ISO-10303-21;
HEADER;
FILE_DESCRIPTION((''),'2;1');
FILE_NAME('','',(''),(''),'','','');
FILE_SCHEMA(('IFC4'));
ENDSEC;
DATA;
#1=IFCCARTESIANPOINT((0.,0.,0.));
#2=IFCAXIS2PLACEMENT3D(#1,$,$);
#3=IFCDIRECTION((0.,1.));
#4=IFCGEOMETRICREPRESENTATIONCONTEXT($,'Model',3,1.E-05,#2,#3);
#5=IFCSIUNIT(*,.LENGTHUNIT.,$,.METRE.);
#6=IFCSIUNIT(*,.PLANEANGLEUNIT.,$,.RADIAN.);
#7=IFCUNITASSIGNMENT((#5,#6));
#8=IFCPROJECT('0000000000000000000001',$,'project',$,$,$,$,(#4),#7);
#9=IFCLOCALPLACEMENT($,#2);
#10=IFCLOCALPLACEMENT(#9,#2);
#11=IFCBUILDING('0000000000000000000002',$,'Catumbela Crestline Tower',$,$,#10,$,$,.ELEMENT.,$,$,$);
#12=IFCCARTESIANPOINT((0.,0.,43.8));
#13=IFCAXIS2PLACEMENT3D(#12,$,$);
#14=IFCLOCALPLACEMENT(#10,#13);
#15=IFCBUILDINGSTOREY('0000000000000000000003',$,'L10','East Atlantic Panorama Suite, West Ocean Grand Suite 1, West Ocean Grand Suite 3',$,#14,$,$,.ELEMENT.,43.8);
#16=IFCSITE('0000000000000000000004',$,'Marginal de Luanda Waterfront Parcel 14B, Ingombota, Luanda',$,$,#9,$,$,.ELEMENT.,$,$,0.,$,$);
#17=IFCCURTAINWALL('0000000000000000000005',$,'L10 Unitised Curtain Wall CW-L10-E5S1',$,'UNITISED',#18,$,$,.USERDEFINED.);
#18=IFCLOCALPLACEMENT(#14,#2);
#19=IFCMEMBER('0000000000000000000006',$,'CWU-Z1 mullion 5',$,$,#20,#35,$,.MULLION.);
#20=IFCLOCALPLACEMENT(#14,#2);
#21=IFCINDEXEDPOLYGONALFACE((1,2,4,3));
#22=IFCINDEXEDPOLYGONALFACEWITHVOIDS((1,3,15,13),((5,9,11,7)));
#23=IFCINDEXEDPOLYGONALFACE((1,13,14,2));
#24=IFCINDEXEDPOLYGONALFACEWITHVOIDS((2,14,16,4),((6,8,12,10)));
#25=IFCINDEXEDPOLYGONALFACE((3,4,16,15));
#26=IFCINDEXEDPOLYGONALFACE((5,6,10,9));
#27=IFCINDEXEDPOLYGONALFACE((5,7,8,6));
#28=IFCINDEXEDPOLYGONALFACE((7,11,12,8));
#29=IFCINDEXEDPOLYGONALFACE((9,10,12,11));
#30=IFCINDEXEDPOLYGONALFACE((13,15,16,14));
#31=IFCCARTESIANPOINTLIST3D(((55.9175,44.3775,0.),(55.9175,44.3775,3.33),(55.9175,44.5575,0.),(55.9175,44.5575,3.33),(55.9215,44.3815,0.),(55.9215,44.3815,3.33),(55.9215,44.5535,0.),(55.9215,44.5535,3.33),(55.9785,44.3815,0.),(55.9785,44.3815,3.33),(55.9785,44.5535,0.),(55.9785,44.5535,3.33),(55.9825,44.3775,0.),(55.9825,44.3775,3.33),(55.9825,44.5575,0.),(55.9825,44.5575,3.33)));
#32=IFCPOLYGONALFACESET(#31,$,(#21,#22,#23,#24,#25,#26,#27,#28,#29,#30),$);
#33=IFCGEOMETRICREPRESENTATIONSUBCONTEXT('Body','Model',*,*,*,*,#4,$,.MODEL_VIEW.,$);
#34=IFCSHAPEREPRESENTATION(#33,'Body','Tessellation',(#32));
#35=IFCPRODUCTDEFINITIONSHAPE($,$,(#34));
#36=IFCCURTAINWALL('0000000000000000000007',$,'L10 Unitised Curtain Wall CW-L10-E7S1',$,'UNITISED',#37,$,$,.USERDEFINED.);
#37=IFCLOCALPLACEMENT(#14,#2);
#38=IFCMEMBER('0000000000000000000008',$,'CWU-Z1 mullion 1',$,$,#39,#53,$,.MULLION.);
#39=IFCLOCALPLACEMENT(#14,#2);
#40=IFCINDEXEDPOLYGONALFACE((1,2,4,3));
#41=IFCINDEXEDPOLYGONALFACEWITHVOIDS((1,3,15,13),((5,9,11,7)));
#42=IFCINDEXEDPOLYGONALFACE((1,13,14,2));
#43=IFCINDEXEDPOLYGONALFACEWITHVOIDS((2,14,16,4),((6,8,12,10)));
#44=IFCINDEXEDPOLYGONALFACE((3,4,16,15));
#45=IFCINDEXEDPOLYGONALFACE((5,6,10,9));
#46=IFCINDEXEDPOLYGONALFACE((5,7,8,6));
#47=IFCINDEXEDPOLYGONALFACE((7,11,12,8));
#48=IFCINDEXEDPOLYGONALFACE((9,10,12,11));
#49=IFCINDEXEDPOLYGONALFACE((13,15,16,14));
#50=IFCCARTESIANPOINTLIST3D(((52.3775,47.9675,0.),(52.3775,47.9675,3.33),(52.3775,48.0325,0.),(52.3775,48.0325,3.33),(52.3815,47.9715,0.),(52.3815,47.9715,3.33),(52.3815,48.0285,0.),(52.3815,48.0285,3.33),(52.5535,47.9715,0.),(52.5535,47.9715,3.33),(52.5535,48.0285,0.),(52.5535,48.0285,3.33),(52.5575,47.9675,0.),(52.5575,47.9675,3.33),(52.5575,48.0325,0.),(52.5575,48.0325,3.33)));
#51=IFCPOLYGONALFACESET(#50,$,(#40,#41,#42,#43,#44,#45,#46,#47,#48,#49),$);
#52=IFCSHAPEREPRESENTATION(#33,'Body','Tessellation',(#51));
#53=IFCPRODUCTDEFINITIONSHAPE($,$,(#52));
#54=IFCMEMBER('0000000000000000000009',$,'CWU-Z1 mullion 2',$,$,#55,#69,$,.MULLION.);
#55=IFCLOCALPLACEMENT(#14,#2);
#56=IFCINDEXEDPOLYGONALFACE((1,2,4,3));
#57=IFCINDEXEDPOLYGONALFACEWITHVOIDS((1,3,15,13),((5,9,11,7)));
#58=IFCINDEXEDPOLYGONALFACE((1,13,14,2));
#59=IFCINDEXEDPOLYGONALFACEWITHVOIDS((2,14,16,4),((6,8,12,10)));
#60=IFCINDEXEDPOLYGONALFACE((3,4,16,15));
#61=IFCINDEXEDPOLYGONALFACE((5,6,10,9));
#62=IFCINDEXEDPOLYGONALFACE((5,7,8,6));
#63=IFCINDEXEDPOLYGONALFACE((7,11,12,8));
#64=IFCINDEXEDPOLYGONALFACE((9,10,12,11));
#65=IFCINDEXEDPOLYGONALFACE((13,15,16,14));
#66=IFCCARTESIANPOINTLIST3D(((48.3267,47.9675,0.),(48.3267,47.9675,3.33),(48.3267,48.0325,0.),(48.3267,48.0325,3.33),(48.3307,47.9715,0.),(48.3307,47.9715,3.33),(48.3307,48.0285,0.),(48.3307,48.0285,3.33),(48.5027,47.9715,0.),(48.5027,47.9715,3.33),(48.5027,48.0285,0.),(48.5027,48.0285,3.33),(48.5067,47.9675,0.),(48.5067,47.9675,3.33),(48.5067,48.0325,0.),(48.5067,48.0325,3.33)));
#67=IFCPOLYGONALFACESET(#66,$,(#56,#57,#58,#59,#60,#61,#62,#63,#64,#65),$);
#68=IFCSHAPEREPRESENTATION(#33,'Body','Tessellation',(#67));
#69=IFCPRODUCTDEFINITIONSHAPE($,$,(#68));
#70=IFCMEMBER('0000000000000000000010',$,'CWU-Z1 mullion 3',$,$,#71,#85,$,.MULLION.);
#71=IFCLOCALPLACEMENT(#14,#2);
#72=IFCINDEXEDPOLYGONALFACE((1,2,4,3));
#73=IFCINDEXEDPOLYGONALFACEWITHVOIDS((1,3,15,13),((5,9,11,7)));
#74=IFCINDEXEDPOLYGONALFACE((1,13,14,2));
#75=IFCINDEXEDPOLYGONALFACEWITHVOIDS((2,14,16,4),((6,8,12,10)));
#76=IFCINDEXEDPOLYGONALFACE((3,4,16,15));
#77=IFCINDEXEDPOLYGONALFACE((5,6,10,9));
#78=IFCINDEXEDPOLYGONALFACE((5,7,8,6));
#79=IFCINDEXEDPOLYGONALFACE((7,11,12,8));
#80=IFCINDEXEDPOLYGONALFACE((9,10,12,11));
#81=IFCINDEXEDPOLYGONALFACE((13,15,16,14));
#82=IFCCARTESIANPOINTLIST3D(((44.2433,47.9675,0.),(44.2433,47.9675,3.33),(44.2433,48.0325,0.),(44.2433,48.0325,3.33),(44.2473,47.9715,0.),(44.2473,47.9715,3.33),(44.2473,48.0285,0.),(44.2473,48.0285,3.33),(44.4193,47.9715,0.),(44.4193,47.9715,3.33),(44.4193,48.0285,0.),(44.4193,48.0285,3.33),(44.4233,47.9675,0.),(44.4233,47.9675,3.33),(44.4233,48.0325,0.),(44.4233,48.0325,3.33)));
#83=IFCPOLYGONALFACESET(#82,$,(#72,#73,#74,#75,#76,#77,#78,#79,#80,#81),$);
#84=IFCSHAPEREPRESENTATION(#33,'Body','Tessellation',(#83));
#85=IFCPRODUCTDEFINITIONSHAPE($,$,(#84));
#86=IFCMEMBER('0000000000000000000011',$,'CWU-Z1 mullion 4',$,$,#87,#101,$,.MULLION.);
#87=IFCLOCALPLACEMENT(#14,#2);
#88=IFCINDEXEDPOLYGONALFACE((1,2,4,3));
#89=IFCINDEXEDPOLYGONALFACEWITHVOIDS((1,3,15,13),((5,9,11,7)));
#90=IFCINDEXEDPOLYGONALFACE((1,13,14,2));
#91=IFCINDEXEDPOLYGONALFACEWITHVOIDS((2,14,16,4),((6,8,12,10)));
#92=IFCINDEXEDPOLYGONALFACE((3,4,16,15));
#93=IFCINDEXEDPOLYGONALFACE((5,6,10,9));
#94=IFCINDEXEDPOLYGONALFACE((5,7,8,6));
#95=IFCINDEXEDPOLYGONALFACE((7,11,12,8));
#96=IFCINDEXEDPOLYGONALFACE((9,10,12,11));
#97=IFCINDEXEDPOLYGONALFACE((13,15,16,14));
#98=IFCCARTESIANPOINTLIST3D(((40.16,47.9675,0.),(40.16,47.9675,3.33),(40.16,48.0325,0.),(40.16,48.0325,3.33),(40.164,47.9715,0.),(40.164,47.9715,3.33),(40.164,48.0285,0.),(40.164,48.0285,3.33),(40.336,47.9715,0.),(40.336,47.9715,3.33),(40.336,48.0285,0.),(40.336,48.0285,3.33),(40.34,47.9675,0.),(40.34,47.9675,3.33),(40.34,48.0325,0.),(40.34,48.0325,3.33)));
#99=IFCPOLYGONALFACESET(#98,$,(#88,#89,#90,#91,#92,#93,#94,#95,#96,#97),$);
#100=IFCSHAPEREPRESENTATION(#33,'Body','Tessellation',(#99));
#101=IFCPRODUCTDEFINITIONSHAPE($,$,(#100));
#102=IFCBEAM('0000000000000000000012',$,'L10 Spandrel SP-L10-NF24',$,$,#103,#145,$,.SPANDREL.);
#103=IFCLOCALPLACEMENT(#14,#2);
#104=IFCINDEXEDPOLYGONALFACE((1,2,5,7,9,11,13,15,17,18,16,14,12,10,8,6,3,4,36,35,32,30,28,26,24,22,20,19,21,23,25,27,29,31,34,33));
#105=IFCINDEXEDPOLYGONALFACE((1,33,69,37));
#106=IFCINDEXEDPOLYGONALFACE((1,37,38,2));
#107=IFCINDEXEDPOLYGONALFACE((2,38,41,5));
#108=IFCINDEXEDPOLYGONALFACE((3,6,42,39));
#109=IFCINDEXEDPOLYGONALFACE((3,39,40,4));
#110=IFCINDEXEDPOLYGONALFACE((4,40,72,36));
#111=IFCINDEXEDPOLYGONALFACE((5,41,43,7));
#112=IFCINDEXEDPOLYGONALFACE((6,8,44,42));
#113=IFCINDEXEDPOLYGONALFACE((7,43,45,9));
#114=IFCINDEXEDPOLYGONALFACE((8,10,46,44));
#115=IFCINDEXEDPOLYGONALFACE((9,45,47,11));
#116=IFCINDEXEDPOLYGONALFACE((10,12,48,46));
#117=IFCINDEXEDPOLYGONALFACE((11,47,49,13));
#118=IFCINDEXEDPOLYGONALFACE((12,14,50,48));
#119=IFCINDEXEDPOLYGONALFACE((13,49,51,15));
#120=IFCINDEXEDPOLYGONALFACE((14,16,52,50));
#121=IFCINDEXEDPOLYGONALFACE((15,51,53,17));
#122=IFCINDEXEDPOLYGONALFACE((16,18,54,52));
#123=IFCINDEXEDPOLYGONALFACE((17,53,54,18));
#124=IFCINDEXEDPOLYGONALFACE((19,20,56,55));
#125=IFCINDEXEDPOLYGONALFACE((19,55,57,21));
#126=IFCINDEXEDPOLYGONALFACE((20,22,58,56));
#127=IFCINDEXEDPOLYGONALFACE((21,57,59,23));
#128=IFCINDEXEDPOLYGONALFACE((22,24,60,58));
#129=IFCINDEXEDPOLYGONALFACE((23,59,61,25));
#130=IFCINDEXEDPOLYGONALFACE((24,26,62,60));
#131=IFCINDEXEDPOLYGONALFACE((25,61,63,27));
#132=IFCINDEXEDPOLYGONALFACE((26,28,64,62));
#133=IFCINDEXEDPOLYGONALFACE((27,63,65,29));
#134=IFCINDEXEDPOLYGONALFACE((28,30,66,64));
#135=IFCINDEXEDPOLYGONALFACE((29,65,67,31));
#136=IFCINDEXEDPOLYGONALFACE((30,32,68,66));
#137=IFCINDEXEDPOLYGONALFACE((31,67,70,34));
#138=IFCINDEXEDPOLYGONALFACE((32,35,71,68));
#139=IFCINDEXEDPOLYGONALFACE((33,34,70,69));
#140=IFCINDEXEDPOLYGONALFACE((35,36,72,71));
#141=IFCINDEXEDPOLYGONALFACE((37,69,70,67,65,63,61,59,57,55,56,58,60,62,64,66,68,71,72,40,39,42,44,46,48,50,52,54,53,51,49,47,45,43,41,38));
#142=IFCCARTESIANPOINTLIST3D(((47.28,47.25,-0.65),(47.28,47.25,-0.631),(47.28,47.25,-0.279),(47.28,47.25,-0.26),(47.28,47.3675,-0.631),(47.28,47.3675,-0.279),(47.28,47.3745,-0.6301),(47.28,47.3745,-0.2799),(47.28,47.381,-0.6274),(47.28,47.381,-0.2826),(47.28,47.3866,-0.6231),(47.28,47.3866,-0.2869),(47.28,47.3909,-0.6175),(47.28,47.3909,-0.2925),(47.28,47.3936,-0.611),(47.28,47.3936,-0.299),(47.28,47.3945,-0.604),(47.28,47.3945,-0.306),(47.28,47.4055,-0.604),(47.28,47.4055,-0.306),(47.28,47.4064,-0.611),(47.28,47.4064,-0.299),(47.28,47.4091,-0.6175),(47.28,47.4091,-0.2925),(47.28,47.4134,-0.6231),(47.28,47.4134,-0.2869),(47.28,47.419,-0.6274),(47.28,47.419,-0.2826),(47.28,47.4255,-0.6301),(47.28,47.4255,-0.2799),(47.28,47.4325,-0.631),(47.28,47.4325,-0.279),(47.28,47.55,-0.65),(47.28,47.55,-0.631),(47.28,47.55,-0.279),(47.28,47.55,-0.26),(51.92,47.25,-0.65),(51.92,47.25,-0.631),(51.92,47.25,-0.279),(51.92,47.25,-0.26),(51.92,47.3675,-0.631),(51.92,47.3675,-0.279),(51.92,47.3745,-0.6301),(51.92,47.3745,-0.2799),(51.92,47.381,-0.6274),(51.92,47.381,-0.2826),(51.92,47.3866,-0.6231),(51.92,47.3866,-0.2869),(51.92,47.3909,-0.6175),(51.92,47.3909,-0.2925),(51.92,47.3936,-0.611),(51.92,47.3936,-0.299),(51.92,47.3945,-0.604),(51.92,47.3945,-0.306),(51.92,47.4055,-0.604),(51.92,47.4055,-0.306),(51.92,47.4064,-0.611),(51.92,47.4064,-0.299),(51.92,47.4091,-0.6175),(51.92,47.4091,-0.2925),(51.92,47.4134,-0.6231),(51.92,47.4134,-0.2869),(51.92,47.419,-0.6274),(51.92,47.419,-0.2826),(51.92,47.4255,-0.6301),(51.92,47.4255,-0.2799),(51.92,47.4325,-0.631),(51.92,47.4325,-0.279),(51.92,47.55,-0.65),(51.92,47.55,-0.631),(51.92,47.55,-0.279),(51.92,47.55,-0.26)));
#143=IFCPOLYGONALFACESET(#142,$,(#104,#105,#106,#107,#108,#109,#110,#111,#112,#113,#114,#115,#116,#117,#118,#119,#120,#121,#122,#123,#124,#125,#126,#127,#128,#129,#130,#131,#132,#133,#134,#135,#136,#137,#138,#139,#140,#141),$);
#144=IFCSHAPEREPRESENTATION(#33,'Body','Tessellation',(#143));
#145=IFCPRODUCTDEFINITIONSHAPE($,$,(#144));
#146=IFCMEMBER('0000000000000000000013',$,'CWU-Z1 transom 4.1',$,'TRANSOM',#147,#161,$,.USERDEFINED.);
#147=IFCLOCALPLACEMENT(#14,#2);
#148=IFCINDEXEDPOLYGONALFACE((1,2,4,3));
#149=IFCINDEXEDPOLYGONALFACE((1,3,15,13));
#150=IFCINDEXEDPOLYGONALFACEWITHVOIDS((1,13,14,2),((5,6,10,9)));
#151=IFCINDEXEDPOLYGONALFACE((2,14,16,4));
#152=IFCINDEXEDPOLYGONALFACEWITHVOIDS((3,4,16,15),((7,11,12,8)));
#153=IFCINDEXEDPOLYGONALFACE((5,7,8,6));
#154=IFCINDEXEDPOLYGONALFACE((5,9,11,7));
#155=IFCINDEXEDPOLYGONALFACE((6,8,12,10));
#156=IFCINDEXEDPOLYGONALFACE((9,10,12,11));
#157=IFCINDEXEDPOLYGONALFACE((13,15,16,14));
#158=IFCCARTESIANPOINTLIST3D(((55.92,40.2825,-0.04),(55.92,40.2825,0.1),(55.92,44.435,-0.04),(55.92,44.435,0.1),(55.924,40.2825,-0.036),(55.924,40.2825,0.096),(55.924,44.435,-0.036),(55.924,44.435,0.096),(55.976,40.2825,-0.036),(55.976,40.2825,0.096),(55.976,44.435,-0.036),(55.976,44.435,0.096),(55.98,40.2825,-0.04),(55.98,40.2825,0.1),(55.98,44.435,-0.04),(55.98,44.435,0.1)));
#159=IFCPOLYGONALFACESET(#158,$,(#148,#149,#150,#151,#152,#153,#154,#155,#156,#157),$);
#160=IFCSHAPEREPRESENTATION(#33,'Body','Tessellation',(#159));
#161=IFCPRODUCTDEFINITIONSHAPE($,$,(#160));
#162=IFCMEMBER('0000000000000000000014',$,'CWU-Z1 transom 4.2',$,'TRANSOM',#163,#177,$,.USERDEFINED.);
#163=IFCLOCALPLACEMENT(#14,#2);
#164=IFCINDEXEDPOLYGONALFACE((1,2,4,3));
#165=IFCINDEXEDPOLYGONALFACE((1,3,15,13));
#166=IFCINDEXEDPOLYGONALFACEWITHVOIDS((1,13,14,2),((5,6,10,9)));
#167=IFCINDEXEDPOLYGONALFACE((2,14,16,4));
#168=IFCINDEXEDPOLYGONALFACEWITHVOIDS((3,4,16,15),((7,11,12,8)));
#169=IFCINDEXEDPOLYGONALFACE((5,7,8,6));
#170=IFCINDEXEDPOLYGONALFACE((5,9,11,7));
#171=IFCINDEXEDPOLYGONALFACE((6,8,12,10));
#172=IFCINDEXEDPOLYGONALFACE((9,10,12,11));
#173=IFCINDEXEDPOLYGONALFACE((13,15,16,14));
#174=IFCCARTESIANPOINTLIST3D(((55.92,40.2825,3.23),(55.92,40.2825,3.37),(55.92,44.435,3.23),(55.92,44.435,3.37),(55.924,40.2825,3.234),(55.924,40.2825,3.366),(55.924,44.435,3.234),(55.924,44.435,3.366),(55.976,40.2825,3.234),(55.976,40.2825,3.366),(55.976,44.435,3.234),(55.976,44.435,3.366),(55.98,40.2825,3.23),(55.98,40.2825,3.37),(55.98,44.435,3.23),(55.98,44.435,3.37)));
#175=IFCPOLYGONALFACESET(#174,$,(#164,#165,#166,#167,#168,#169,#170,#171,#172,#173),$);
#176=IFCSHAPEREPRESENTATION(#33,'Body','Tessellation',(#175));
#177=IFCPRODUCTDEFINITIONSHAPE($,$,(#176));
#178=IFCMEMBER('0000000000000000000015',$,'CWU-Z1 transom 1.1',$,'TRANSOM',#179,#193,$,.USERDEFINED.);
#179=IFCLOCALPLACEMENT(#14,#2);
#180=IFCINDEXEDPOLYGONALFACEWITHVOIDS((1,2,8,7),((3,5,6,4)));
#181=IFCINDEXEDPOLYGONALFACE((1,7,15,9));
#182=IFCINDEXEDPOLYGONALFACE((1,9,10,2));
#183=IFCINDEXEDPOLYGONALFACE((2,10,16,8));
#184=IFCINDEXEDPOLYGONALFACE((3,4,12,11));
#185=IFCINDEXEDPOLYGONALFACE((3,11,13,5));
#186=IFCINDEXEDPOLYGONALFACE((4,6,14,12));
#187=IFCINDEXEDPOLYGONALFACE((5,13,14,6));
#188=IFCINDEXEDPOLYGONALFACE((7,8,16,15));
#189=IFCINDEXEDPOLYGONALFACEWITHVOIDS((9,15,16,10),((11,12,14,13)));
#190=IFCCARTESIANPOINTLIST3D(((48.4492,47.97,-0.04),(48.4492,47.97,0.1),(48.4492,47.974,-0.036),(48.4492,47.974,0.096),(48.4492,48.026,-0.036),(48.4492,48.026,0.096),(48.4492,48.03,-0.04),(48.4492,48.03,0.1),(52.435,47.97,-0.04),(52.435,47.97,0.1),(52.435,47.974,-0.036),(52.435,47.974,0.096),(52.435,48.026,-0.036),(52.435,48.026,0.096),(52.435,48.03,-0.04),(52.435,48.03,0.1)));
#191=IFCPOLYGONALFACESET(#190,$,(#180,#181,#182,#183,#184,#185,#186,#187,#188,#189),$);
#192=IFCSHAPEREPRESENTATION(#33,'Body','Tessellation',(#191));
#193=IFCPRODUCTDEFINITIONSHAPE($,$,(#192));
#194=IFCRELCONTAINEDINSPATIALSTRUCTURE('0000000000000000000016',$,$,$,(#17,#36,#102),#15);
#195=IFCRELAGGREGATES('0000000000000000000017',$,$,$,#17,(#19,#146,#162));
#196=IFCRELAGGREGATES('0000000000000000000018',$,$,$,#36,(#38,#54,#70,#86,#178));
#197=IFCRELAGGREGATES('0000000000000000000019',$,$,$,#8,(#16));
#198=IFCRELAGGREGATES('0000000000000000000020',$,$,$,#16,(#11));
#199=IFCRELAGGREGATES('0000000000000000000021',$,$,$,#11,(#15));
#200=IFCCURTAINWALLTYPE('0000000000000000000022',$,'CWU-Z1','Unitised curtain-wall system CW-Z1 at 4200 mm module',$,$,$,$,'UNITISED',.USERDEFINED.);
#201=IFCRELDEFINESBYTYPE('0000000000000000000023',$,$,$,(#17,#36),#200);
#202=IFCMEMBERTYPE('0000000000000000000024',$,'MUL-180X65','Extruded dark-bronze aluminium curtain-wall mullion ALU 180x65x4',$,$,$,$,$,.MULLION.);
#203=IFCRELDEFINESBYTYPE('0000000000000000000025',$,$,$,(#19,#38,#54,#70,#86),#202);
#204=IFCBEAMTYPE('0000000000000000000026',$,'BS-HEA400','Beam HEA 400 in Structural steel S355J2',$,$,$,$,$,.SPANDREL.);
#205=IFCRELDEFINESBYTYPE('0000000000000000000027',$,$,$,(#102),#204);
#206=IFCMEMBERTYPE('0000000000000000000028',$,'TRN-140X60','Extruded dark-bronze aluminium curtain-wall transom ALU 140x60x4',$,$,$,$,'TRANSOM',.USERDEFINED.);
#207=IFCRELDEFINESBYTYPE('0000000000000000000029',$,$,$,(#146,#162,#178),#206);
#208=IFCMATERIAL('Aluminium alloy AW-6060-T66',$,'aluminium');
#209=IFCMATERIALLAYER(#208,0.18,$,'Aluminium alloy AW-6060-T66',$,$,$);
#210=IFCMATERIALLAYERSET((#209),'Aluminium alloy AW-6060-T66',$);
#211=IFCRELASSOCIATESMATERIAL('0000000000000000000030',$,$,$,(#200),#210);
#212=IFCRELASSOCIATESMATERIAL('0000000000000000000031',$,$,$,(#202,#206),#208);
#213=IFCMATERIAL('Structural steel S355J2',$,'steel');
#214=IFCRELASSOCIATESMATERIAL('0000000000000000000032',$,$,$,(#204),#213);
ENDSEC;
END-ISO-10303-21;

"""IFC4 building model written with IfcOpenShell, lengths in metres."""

from ifc_helpers import new_model, si_unit, direction, frame, origin, origin_2d, place, context, subcontext, project, spatial, hollow_rectangle, i_section, extrude, material, layer, layer_set, material_profile, profile_set, type_object, element, aggregate, save


model = new_model("IFC4")

# Units and contexts
model_context = context("Model", 3, precision=1e-05, world=origin(), true_north=direction((0.0, 1.0)))
body_context = subcontext(model_context, "Body", "Model", "MODEL_VIEW")
ifc_project = project(units=[si_unit("LENGTHUNIT", "METRE"), si_unit("PLANEANGLEUNIT", "RADIAN")], contexts=[model_context])

# Site, building, storey
site_placement = place(None, origin())
site = spatial("IfcSite", under=ifc_project, at=site_placement, Name="Marginal de Luanda Waterfront Parcel 14B, Ingombota, Luanda", CompositionType="ELEMENT", RefElevation=0.0)
building_placement = place(site_placement, origin())
building = spatial("IfcBuilding", under=site, at=building_placement, Name="Catumbela Crestline Tower", CompositionType="ELEMENT")
storey_placement = place(building_placement, frame((0.0, 0.0, 43.8)))
storey = spatial("IfcBuildingStorey", under=building, at=storey_placement, Name="L10", Description="East Atlantic Panorama Suite, West Ocean Grand Suite 1, West Ocean Grand Suite 3", CompositionType="ELEMENT", Elevation=43.8)

# Curtain wall, member
ifc_material_1 = material(Name="Aluminium alloy AW-6060-T66", Category="aluminium")
ifc_layer_1 = layer(ifc_material_1, 0.18, Name="Aluminium alloy AW-6060-T66")
ifc_layer_set_1 = layer_set([ifc_layer_1], Name="Aluminium alloy AW-6060-T66")
curtain_wall_type = type_object("IfcCurtainWallType", Name="CWU-Z1", Description="Unitised curtain-wall system CW-Z1 at 4200 mm module", ElementType="UNITISED", PredefinedType="USERDEFINED", material=ifc_layer_set_1)
curtain_wall_1_placement = place(storey_placement, origin())
curtain_wall_1 = element("IfcCurtainWall", 1, at=curtain_wall_1_placement, inside=storey, type_object=curtain_wall_type, Name="L10 Unitised Curtain Wall CW-L10-E5S1", ObjectType="UNITISED", PredefinedType="USERDEFINED")
ifc_material_profile_1 = material_profile(ifc_material_1, hollow_rectangle(XDim=0.065, YDim=0.18, WallThickness=0.004, at=origin_2d()), Name="ALU 180x65x4")
ifc_profile_set_1 = profile_set([ifc_material_profile_1], Name="Aluminium alloy AW-6060-T66")
member_type_1 = type_object("IfcMemberType", Name="MUL-180X65", Description="Extruded dark-bronze aluminium curtain-wall mullion ALU 180x65x4", PredefinedType="MULLION", material=ifc_profile_set_1)
member_1_placement = place(storey_placement, frame((55.95, 44.4675, 0.0), z_axis=(0.0, 0.0, 1.0), x_axis=(-1.0, 0.0, 0.0)))
member_1 = element("IfcMember", 2, at=member_1_placement, type_object=member_type_1, Name="CWU-Z1 mullion 5", PredefinedType="MULLION", context=body_context, shape_type="SweptSolid", body=[
    extrude(hollow_rectangle(XDim=0.065, YDim=0.18, WallThickness=0.004, at=origin_2d()), origin(), (0.0, 0.0, 1.0), 3.33),
])

# Curtain wall, members
curtain_wall_2_placement = place(storey_placement, origin())
curtain_wall_2 = element("IfcCurtainWall", 3, at=curtain_wall_2_placement, inside=storey, type_object=curtain_wall_type, Name="L10 Unitised Curtain Wall CW-L10-E7S1", ObjectType="UNITISED", PredefinedType="USERDEFINED")
member_2_placement = place(storey_placement, frame((52.4675, 48.0, 0.0), z_axis=(0.0, 0.0, 1.0), x_axis=(0.0, -1.0, 0.0)))
member_2 = element("IfcMember", 4, at=member_2_placement, type_object=member_type_1, Name="CWU-Z1 mullion 1", PredefinedType="MULLION", context=body_context, shape_type="SweptSolid", body=[
    extrude(hollow_rectangle(XDim=0.065, YDim=0.18, WallThickness=0.004, at=origin_2d()), origin(), (0.0, 0.0, 1.0), 3.33),
])
member_3_placement = place(storey_placement, frame((48.4167, 48.0, 0.0), z_axis=(0.0, 0.0, 1.0), x_axis=(0.0, -1.0, 0.0)))
member_3 = element("IfcMember", 5, at=member_3_placement, type_object=member_type_1, Name="CWU-Z1 mullion 2", PredefinedType="MULLION", context=body_context, shape_type="SweptSolid", body=[
    extrude(hollow_rectangle(XDim=0.065, YDim=0.18, WallThickness=0.004, at=origin_2d()), origin(), (0.0, 0.0, 1.0), 3.33),
])
member_4_placement = place(storey_placement, frame((44.3333, 48.0, 0.0), z_axis=(0.0, 0.0, 1.0), x_axis=(0.0, -1.0, 0.0)))
member_4 = element("IfcMember", 6, at=member_4_placement, type_object=member_type_1, Name="CWU-Z1 mullion 3", PredefinedType="MULLION", context=body_context, shape_type="SweptSolid", body=[
    extrude(hollow_rectangle(XDim=0.065, YDim=0.18, WallThickness=0.004, at=origin_2d()), origin(), (0.0, 0.0, 1.0), 3.33),
])
member_5_placement = place(storey_placement, frame((40.25, 48.0, 0.0), z_axis=(0.0, 0.0, 1.0), x_axis=(0.0, -1.0, 0.0)))
member_5 = element("IfcMember", 7, at=member_5_placement, type_object=member_type_1, Name="CWU-Z1 mullion 4", PredefinedType="MULLION", context=body_context, shape_type="SweptSolid", body=[
    extrude(hollow_rectangle(XDim=0.065, YDim=0.18, WallThickness=0.004, at=origin_2d()), origin(), (0.0, 0.0, 1.0), 3.33),
])

# Beam
ifc_material_2 = material(Name="Structural steel S355J2", Category="steel")
ifc_material_profile_2 = material_profile(ifc_material_2, i_section(OverallWidth=0.3, OverallDepth=0.39, WebThickness=0.011, FlangeThickness=0.019, FilletRadius=0.027, at=origin_2d()), Name="HEA 400")
ifc_profile_set_2 = profile_set([ifc_material_profile_2], Name="Structural steel S355J2")
beam_type = type_object("IfcBeamType", Name="BS-HEA400", Description="Beam HEA 400 in Structural steel S355J2", PredefinedType="SPANDREL", material=ifc_profile_set_2)
beam_placement = place(storey_placement, frame((47.28, 47.4, -0.455), z_axis=(1.0, 0.0, 0.0), x_axis=(0.0, 1.0, 0.0)))
element("IfcBeam", 8, at=beam_placement, inside=storey, type_object=beam_type, Name="L10 Spandrel SP-L10-NF24", PredefinedType="SPANDREL", context=body_context, shape_type="SweptSolid", body=[
    extrude(i_section(OverallWidth=0.3, OverallDepth=0.39, WebThickness=0.011, FlangeThickness=0.019, FilletRadius=0.027, at=origin_2d()), origin(), (0.0, 0.0, 1.0), 4.64),
])

# Members
ifc_material_profile_3 = material_profile(ifc_material_1, hollow_rectangle(XDim=0.06, YDim=0.14, WallThickness=0.004, at=origin_2d()), Name="ALU 140x60x4")
ifc_profile_set_3 = profile_set([ifc_material_profile_3], Name="Aluminium alloy AW-6060-T66")
member_type_2 = type_object("IfcMemberType", Name="TRN-140X60", Description="Extruded dark-bronze aluminium curtain-wall transom ALU 140x60x4", ElementType="TRANSOM", PredefinedType="USERDEFINED", material=ifc_profile_set_3)
member_6_placement = place(storey_placement, frame((55.95, 40.2825, 0.03), z_axis=(0.0, 1.0, 0.0), x_axis=(-1.0, 0.0, 0.0)))
member_6 = element("IfcMember", 9, at=member_6_placement, type_object=member_type_2, Name="CWU-Z1 transom 4.1", ObjectType="TRANSOM", PredefinedType="USERDEFINED", context=body_context, shape_type="SweptSolid", body=[
    extrude(hollow_rectangle(XDim=0.06, YDim=0.14, WallThickness=0.004, at=origin_2d()), origin(), (0.0, 0.0, 1.0), 4.1525),
])
member_7_placement = place(storey_placement, frame((55.95, 40.2825, 3.3), z_axis=(0.0, 1.0, 0.0), x_axis=(-1.0, 0.0, 0.0)))
member_7 = element("IfcMember", 10, at=member_7_placement, type_object=member_type_2, Name="CWU-Z1 transom 4.2", ObjectType="TRANSOM", PredefinedType="USERDEFINED", context=body_context, shape_type="SweptSolid", body=[
    extrude(hollow_rectangle(XDim=0.06, YDim=0.14, WallThickness=0.004, at=origin_2d()), origin(), (0.0, 0.0, 1.0), 4.1525),
])
member_8_placement = place(storey_placement, frame((52.435, 48.0, 0.03), z_axis=(-1.0, 0.0, 0.0), x_axis=(0.0, -1.0, 0.0)))
member_8 = element("IfcMember", 11, at=member_8_placement, type_object=member_type_2, Name="CWU-Z1 transom 1.1", ObjectType="TRANSOM", PredefinedType="USERDEFINED", context=body_context, shape_type="SweptSolid", body=[
    extrude(hollow_rectangle(XDim=0.06, YDim=0.14, WallThickness=0.004, at=origin_2d()), origin(), (0.0, 0.0, 1.0), 3.9858),
])

aggregate(curtain_wall_1, [member_1, member_6, member_7])
aggregate(curtain_wall_2, [member_2, member_3, member_4, member_5, member_8])

save(model, "model.ifc")
